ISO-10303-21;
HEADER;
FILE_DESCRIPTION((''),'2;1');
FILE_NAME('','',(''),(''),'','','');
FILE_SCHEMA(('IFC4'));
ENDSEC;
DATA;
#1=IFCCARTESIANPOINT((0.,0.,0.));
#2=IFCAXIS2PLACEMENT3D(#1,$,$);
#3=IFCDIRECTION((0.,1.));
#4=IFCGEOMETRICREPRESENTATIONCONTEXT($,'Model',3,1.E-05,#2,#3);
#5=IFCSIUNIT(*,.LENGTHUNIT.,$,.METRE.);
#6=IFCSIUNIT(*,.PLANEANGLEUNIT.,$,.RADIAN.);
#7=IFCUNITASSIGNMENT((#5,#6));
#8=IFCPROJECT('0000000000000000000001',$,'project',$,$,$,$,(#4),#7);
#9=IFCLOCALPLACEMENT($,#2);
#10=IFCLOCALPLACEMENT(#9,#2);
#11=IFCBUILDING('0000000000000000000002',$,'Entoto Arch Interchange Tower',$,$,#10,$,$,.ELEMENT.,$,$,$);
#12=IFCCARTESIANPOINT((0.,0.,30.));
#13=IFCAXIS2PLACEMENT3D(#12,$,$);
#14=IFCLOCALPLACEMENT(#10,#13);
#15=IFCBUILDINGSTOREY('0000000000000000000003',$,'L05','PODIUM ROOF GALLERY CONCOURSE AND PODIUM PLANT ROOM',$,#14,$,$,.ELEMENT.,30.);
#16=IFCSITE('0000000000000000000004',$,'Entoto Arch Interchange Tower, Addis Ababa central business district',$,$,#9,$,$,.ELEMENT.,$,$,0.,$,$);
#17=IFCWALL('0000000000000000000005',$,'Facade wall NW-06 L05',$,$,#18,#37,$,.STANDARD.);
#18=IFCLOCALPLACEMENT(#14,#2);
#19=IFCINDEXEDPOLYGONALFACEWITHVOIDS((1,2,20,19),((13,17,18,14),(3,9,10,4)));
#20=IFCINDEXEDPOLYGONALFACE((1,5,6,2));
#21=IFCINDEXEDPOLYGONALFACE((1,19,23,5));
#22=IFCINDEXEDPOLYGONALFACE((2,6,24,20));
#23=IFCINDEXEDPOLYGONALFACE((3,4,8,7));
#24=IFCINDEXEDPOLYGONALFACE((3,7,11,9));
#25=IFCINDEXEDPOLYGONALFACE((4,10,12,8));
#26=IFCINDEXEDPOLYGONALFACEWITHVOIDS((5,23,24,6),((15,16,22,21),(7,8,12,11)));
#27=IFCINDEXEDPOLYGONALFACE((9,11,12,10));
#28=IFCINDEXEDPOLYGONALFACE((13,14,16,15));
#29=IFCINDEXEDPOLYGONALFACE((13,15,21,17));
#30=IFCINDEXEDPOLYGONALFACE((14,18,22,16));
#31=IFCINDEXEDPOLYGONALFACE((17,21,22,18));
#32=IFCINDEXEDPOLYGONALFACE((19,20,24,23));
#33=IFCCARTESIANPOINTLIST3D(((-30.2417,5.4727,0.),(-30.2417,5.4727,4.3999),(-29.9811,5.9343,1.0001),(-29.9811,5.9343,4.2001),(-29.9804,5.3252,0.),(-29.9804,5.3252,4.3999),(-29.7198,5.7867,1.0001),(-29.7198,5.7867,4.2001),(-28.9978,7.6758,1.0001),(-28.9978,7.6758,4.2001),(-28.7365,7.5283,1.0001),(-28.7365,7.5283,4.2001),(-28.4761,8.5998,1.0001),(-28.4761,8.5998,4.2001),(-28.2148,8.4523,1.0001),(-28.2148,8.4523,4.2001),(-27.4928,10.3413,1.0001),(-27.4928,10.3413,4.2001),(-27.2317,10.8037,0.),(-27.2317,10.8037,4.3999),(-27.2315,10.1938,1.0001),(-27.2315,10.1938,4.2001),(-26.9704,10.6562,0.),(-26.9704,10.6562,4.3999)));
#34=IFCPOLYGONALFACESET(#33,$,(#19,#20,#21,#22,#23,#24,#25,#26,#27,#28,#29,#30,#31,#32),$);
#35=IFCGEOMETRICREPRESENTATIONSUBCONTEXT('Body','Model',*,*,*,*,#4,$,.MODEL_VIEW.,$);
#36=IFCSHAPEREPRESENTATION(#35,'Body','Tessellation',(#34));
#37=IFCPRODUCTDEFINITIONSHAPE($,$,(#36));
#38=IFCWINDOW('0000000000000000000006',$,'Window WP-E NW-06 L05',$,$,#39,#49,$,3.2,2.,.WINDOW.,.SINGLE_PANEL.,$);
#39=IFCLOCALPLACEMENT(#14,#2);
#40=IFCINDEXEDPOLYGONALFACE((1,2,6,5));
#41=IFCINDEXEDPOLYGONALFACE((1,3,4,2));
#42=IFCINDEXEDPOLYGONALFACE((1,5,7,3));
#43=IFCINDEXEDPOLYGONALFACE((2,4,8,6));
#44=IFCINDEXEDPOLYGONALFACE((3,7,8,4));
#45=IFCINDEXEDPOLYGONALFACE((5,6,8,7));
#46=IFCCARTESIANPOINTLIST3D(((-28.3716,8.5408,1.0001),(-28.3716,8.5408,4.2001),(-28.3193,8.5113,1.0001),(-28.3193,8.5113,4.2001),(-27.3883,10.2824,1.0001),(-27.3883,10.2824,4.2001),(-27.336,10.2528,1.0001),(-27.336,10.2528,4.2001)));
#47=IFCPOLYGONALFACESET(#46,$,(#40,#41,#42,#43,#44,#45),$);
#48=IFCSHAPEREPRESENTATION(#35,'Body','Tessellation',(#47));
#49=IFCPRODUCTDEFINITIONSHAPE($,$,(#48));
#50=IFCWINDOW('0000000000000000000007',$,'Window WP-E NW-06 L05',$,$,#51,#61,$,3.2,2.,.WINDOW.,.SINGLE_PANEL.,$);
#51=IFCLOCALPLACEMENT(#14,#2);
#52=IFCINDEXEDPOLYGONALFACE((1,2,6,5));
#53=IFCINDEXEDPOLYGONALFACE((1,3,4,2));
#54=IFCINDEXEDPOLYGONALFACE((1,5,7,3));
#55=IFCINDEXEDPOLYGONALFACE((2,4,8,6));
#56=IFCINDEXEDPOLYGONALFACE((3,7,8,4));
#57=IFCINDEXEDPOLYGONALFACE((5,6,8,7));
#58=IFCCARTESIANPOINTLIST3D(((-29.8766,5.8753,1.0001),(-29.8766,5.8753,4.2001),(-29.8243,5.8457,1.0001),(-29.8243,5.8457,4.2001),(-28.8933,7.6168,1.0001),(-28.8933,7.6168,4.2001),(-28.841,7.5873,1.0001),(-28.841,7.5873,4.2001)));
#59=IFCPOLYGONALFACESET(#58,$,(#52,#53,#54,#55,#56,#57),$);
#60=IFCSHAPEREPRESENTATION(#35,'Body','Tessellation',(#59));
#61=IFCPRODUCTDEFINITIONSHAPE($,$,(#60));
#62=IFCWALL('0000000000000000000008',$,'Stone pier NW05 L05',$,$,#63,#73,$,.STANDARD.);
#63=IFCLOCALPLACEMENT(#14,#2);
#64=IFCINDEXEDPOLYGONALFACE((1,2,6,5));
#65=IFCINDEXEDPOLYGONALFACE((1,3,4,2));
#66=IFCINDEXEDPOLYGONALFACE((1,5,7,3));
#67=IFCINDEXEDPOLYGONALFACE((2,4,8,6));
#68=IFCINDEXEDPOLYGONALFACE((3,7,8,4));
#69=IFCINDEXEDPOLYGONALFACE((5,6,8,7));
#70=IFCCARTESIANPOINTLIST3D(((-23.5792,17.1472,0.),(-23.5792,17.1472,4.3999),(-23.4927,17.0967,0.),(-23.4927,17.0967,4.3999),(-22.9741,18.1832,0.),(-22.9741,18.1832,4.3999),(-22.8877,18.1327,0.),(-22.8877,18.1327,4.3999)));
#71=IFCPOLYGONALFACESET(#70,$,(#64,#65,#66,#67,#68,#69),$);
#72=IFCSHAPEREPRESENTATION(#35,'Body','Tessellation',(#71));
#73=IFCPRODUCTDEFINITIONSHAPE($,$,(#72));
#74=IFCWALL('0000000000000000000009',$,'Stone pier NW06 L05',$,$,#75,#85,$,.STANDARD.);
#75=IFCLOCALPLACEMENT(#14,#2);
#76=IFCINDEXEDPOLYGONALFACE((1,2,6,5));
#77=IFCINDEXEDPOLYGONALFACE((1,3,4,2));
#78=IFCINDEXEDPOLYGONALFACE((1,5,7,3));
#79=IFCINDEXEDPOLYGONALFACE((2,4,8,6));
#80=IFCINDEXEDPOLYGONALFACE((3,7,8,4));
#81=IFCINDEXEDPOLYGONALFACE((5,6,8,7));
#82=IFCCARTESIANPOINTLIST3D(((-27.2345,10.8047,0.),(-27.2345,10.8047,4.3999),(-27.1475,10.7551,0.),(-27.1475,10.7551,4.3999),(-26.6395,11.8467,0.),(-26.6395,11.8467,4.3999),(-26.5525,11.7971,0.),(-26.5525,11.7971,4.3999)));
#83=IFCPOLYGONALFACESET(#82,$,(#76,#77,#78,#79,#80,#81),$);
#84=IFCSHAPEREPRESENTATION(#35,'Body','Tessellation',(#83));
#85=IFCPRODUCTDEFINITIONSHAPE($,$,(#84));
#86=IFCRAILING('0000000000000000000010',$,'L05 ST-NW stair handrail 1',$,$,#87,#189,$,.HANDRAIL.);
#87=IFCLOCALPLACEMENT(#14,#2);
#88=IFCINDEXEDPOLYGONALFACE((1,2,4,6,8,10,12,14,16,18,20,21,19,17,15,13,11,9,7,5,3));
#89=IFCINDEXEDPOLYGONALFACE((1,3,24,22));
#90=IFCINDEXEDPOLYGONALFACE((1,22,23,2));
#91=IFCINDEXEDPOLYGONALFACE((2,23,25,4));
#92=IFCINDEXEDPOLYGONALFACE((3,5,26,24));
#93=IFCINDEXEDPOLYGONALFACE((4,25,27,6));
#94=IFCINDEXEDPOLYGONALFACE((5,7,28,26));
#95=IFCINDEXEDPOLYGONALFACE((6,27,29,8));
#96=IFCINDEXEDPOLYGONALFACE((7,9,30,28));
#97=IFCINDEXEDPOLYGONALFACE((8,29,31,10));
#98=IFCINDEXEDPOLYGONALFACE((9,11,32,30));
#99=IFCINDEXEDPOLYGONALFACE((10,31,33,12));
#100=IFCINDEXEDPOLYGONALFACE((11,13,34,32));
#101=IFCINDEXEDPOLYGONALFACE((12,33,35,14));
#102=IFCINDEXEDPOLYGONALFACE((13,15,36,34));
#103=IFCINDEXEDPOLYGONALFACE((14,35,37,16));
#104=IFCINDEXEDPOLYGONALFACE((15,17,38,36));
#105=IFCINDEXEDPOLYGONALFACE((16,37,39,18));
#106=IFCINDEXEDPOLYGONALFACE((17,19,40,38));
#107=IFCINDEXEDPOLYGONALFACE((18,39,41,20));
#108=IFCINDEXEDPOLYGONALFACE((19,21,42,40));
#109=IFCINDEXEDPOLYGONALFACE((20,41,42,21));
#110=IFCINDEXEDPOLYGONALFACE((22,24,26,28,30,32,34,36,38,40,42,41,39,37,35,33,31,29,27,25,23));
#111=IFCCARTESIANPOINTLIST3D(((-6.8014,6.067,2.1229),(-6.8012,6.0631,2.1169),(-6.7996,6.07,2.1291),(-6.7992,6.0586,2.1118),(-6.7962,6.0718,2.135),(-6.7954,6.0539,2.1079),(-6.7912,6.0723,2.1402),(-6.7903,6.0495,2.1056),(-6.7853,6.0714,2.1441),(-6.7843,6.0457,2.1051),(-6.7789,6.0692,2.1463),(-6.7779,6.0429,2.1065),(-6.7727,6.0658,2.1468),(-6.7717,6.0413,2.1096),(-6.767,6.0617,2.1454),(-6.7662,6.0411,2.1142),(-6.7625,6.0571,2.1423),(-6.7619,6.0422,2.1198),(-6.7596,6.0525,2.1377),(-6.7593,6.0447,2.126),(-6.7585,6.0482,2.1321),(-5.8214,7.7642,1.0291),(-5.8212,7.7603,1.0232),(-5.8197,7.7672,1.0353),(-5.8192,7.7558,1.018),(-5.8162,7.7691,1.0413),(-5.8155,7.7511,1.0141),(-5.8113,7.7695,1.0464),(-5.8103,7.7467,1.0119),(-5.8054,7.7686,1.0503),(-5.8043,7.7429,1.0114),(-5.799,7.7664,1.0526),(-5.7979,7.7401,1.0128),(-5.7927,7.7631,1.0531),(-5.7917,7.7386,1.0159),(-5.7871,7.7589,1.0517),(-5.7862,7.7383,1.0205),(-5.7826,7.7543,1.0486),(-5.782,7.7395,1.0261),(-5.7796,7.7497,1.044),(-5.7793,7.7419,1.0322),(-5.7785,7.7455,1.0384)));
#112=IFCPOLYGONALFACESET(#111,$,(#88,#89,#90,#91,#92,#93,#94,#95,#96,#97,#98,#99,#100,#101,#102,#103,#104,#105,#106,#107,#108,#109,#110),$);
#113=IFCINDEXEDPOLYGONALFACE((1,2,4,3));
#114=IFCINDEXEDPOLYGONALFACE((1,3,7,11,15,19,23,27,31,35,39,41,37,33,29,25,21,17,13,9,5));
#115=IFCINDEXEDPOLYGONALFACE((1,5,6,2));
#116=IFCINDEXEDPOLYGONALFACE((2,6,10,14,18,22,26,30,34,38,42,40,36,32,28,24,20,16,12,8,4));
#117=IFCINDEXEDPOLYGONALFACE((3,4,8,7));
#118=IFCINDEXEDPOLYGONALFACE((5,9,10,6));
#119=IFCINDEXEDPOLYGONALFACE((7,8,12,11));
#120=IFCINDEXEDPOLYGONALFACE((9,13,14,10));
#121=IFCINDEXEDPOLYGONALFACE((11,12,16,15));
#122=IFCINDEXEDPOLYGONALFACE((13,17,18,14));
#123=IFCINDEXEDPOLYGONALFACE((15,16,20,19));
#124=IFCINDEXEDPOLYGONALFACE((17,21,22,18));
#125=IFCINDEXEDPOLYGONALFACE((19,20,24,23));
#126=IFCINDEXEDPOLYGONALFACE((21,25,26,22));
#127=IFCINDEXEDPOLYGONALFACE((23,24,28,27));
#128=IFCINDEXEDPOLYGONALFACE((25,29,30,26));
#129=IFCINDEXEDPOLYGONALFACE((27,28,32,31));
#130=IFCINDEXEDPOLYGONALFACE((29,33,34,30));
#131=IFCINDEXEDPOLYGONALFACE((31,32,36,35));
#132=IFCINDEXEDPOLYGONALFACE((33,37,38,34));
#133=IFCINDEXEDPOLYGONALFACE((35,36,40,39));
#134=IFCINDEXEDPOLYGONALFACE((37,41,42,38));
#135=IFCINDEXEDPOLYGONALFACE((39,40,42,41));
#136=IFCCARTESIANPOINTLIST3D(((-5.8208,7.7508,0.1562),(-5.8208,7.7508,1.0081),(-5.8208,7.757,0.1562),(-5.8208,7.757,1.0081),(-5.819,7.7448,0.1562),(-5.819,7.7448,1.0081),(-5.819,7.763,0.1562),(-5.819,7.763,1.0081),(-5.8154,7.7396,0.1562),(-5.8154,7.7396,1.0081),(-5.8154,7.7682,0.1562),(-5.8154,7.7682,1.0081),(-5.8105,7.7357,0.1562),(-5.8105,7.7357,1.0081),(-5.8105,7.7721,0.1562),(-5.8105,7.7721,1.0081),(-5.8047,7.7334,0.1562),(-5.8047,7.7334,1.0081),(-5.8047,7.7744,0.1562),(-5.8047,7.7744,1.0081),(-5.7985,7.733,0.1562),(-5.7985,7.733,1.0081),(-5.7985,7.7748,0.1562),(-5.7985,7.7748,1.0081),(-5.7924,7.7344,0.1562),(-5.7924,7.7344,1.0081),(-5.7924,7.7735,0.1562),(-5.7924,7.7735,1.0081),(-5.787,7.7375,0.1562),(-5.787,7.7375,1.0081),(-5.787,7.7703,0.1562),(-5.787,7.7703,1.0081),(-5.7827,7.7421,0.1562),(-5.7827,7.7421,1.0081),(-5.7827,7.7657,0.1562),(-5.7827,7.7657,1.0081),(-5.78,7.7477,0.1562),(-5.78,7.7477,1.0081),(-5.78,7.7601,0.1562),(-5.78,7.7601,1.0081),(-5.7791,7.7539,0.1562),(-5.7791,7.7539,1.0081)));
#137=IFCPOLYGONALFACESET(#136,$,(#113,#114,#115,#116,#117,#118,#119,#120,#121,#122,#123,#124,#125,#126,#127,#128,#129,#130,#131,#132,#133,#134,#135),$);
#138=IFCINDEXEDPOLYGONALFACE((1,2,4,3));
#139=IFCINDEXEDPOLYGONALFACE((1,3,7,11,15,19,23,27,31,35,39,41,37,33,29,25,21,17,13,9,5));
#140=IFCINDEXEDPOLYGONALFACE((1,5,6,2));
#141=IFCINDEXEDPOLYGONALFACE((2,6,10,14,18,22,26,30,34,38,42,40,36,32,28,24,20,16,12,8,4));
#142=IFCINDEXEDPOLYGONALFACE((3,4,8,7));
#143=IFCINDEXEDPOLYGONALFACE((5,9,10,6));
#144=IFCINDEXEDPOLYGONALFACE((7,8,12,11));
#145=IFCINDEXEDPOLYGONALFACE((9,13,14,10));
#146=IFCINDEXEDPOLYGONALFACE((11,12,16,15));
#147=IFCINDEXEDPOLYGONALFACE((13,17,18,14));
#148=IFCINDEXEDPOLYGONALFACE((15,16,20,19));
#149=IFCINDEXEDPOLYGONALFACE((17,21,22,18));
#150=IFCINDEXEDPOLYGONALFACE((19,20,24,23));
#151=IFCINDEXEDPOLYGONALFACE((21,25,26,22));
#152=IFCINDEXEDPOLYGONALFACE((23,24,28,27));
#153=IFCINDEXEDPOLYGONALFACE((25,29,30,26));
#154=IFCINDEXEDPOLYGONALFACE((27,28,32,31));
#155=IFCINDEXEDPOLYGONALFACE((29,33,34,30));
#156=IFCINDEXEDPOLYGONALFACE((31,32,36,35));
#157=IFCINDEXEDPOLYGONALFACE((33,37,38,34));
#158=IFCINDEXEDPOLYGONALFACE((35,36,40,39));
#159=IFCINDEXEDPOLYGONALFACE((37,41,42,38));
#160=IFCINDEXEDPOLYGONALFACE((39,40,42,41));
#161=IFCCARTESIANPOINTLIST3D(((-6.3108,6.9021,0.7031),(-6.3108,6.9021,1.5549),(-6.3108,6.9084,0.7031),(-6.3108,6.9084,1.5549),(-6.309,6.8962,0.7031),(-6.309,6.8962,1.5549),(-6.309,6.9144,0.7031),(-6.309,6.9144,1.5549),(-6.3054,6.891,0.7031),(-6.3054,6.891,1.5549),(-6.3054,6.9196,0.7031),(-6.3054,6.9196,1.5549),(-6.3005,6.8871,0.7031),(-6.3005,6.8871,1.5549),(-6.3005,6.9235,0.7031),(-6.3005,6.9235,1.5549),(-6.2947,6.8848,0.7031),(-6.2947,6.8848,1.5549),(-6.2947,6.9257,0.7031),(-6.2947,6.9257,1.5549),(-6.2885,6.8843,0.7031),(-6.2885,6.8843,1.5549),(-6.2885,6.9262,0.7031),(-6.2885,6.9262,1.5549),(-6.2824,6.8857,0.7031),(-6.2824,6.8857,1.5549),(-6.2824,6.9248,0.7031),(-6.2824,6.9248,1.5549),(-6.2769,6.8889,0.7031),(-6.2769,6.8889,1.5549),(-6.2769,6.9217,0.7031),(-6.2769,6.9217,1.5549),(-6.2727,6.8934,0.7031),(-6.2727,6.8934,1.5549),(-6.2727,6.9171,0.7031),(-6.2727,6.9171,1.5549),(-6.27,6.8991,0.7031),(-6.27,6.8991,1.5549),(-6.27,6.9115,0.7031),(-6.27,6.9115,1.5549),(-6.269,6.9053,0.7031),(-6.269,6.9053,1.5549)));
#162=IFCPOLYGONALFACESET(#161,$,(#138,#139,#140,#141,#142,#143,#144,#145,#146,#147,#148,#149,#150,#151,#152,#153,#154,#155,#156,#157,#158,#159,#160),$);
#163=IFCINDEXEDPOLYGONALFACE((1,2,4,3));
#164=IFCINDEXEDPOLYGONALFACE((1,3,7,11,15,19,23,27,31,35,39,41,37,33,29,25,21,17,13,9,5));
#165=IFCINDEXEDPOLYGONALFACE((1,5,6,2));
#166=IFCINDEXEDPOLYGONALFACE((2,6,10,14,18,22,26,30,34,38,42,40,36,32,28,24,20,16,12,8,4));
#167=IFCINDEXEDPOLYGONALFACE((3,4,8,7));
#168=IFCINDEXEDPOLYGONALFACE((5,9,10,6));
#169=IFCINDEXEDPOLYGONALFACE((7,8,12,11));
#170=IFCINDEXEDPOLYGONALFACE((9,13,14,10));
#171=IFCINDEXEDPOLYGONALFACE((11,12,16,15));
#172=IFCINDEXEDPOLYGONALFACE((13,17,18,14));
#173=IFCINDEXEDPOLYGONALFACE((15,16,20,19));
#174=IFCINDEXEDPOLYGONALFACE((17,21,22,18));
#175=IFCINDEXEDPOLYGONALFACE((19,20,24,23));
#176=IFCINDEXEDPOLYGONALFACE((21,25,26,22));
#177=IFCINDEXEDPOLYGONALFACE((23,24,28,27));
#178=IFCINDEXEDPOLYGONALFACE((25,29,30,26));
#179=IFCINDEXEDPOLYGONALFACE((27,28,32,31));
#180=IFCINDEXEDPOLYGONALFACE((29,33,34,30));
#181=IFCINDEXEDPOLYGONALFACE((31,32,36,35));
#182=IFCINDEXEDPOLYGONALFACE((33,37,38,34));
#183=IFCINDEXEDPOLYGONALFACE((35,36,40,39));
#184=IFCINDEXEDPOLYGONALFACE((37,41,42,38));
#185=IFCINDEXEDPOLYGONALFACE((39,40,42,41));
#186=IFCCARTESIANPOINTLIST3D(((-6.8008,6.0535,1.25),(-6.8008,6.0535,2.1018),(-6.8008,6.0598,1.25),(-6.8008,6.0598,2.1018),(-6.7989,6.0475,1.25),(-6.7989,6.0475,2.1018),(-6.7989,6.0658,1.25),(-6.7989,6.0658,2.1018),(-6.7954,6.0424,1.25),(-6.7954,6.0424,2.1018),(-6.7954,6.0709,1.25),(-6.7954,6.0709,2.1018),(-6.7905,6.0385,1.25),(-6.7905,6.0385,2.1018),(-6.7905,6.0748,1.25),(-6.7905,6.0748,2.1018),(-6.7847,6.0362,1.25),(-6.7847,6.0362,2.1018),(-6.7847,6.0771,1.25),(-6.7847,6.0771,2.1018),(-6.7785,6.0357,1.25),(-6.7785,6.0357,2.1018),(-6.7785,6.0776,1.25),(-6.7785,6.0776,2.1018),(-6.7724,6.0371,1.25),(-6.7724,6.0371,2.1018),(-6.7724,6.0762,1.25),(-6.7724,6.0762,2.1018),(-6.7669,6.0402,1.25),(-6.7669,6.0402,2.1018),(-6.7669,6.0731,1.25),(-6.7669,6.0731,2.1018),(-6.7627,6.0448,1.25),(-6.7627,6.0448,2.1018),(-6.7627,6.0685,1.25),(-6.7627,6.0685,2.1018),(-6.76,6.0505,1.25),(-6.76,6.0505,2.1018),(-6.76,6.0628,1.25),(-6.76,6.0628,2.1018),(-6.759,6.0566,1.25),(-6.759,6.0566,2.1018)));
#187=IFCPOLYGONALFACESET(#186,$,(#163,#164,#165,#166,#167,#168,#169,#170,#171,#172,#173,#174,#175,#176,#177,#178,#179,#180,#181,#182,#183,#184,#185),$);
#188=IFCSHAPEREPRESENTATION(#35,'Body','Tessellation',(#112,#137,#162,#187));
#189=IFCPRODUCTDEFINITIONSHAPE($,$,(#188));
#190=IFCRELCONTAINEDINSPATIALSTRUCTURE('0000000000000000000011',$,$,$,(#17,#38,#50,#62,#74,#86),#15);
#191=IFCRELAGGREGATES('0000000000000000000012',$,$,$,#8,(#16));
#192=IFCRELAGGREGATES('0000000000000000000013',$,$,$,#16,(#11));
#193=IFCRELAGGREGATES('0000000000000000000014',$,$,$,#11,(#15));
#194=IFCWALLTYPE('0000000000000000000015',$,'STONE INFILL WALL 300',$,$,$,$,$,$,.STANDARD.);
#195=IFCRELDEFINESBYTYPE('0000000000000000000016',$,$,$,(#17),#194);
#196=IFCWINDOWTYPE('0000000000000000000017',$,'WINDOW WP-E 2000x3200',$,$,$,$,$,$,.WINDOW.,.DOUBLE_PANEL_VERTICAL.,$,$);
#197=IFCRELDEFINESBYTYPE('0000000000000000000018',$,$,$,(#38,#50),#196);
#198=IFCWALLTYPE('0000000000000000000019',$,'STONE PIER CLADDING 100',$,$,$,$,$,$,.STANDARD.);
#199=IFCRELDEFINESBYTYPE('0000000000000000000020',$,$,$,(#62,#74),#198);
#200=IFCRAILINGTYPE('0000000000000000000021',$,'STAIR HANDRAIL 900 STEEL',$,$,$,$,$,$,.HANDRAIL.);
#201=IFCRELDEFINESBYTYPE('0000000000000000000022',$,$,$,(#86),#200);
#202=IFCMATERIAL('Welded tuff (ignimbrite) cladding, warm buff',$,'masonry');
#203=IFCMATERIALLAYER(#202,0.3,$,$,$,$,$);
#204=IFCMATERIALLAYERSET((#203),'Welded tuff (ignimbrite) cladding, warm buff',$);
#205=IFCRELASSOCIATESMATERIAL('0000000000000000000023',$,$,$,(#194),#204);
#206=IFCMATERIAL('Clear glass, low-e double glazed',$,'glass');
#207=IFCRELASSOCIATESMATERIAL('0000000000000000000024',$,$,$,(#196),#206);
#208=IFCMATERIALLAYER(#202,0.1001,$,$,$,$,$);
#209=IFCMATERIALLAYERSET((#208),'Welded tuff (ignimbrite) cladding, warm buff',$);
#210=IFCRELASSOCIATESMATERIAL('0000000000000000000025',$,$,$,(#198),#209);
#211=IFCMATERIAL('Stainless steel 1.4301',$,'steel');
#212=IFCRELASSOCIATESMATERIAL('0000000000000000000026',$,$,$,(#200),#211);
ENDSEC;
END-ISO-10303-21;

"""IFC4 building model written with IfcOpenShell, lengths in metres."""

from ifc_helpers import new_model, si_unit, direction, frame, frame_2d, origin, origin_2d, place, context, subcontext, project, spatial, rectangle, circle, extrude, material, layer, layer_set, type_object, element, fill, save


model = new_model("IFC4")

# Units and contexts
model_context = context("Model", 3, precision=1e-05, world=origin(), true_north=direction((0.0, 1.0)))
body_context = subcontext(model_context, "Body", "Model", "MODEL_VIEW")
ifc_project = project(units=[si_unit("LENGTHUNIT", "METRE"), si_unit("PLANEANGLEUNIT", "RADIAN")], contexts=[model_context])

# Site, building, storey
site_placement = place(None, origin())
site = spatial("IfcSite", under=ifc_project, at=site_placement, Name="Entoto Arch Interchange Tower, Addis Ababa central business district", CompositionType="ELEMENT", RefElevation=0.0)
building_placement = place(site_placement, origin())
building = spatial("IfcBuilding", under=site, at=building_placement, Name="Entoto Arch Interchange Tower", CompositionType="ELEMENT")
storey_placement = place(building_placement, frame((0.0, 0.0, 30.0)))
storey = spatial("IfcBuildingStorey", under=building, at=storey_placement, Name="L05", Description="PODIUM ROOF GALLERY CONCOURSE AND PODIUM PLANT ROOM", CompositionType="ELEMENT", Elevation=30.0)

# Wall, openings, windows
ifc_material_1 = material(Name="Welded tuff (ignimbrite) cladding, warm buff", Category="masonry")
ifc_layer_1 = layer(ifc_material_1, 0.3)
ifc_layer_set_1 = layer_set([ifc_layer_1], Name="Welded tuff (ignimbrite) cladding, warm buff")
wall_type_1 = type_object("IfcWallType", Name="STONE INFILL WALL 300", PredefinedType="STANDARD", material=ifc_layer_set_1)
ifc_material_2 = material(Name="Clear glass, low-e double glazed", Category="glass")
window_type = type_object("IfcWindowType", Name="WINDOW WP-E 2000x3200", PartitioningType="DOUBLE_PANEL_VERTICAL", PredefinedType="WINDOW", material=ifc_material_2)
wall_1_placement = place(storey_placement, frame((-27.1011, 10.73, 0.0), z_axis=(0.0, 0.0, 1.0), x_axis=(-0.491662, -0.870786, 0.0)))
wall_1 = element("IfcWall", 1, at=wall_1_placement, inside=storey, type_object=wall_type_1, Name="Facade wall NW-06 L05", PredefinedType="STANDARD", context=body_context, shape_type="SweptSolid", body=[
    extrude(rectangle(XDim=6.1221, YDim=0.3, at=frame_2d((3.061, 0.0))), origin(), (0.0, 0.0, 1.0), 4.3999),
])
opening_1_placement = place(wall_1_placement, frame((0.531, 0.0, 1.0)))
opening_1 = element("IfcOpeningElement", 2, at=opening_1_placement, cuts=wall_1, PredefinedType="OPENING", context=body_context, shape_type="SweptSolid", body=[
    extrude(rectangle(XDim=2.0, YDim=3.2, at=frame_2d((1.0, 1.6001))), frame((0.0, 0.1602, 0.0), z_axis=(0.0, -1.0, 0.0), x_axis=(1.0, 0.0, 0.0)), (0.0, 0.0, 1.0), 0.3201),
])
opening_2_placement = place(wall_1_placement, frame((3.592, 0.0, 1.0)))
opening_2 = element("IfcOpeningElement", 3, at=opening_2_placement, cuts=wall_1, PredefinedType="OPENING", context=body_context, shape_type="SweptSolid", body=[
    extrude(rectangle(XDim=2.0, YDim=3.2, at=frame_2d((1.0, 1.6001))), frame((0.0, 0.1602, 0.0), z_axis=(0.0, -1.0, 0.0), x_axis=(1.0, 0.0, 0.0)), (0.0, 0.0, 1.0), 0.3201),
])
window_1_placement = place(opening_1_placement, origin())
window_1 = element("IfcWindow", 4, at=window_1_placement, inside=storey, type_object=window_type, Name="Window WP-E NW-06 L05", OverallHeight=3.2, OverallWidth=2.0, PartitioningType="SINGLE_PANEL", PredefinedType="WINDOW", context=body_context, shape_type="SweptSolid", body=[
    extrude(rectangle(XDim=2.0, YDim=3.2, at=frame_2d((1.0, 1.6001))), frame((0.0, 0.03, 0.0), z_axis=(0.0, -1.0, 0.0), x_axis=(1.0, 0.0, 0.0)), (0.0, 0.0, 1.0), 0.0601),
])
fill(opening_1, window_1)
window_2_placement = place(opening_2_placement, origin())
window_2 = element("IfcWindow", 5, at=window_2_placement, inside=storey, type_object=window_type, Name="Window WP-E NW-06 L05", OverallHeight=3.2, OverallWidth=2.0, PartitioningType="SINGLE_PANEL", PredefinedType="WINDOW", context=body_context, shape_type="SweptSolid", body=[
    extrude(rectangle(XDim=2.0, YDim=3.2, at=frame_2d((1.0, 1.6001))), frame((0.0, 0.03, 0.0), z_axis=(0.0, -1.0, 0.0), x_axis=(1.0, 0.0, 0.0)), (0.0, 0.0, 1.0), 0.0601),
])
fill(opening_2, window_2)

# Walls
ifc_layer_2 = layer(ifc_material_1, 0.1001)
ifc_layer_set_2 = layer_set([ifc_layer_2], Name="Welded tuff (ignimbrite) cladding, warm buff")
wall_type_2 = type_object("IfcWallType", Name="STONE PIER CLADDING 100", PredefinedType="STANDARD", material=ifc_layer_set_2)
wall_2_placement = place(storey_placement, frame((-22.9309, 18.158, 0.0), z_axis=(0.0, 0.0, 1.0), x_axis=(-0.504314, -0.86352, 0.0)))
element("IfcWall", 6, at=wall_2_placement, inside=storey, type_object=wall_type_2, Name="Stone pier NW05 L05", PredefinedType="STANDARD", context=body_context, shape_type="SweptSolid", body=[
    extrude(rectangle(XDim=1.1997, YDim=0.1001, at=frame_2d((0.5999, 0.0))), origin(), (0.0, 0.0, 1.0), 4.3999),
])
wall_3_placement = place(storey_placement, frame((-26.5959, 11.822, 0.0), z_axis=(0.0, 0.0, 1.0), x_axis=(-0.495854, -0.868406, 0.0)))
element("IfcWall", 7, at=wall_3_placement, inside=storey, type_object=wall_type_2, Name="Stone pier NW06 L05", PredefinedType="STANDARD", context=body_context, shape_type="SweptSolid", body=[
    extrude(rectangle(XDim=1.2, YDim=0.1001, at=frame_2d((0.6001, 0.0))), origin(), (0.0, 0.0, 1.0), 4.3999),
])

# Railing
ifc_material_3 = material(Name="Stainless steel 1.4301", Category="steel")
railing_type = type_object("IfcRailingType", Name="STAIR HANDRAIL 900 STEEL", PredefinedType="HANDRAIL", material=ifc_material_3)
railing_placement = place(storey_placement, frame((-5.8, 7.7539, 0.1562)))
element("IfcRailing", 8, at=railing_placement, inside=storey, type_object=railing_type, Name="L05 ST-NW stair handrail 1", PredefinedType="HANDRAIL", context=body_context, shape_type="SweptSolid", body=[
    extrude(circle(Radius=0.0239, at=origin_2d()), frame((0.0, 0.0, 0.876), z_axis=(-0.436632, -0.75622, 0.487323), x_axis=(0.866011, -0.500024, 0.0)), (0.0, 0.0, 1.0), 2.2444),
    extrude(circle(Radius=0.021, at=origin_2d()), origin(), (0.0, 0.0, 1.0), 0.8518),
    extrude(circle(Radius=0.021, at=origin_2d()), frame((-0.49, -0.8486, 0.5469)), (0.0, 0.0, 1.0), 0.8518),
    extrude(circle(Radius=0.021, at=origin_2d()), frame((-0.98, -1.6973, 1.0938)), (0.0, 0.0, 1.0), 0.8518),
])

save(model, "model.ifc")
